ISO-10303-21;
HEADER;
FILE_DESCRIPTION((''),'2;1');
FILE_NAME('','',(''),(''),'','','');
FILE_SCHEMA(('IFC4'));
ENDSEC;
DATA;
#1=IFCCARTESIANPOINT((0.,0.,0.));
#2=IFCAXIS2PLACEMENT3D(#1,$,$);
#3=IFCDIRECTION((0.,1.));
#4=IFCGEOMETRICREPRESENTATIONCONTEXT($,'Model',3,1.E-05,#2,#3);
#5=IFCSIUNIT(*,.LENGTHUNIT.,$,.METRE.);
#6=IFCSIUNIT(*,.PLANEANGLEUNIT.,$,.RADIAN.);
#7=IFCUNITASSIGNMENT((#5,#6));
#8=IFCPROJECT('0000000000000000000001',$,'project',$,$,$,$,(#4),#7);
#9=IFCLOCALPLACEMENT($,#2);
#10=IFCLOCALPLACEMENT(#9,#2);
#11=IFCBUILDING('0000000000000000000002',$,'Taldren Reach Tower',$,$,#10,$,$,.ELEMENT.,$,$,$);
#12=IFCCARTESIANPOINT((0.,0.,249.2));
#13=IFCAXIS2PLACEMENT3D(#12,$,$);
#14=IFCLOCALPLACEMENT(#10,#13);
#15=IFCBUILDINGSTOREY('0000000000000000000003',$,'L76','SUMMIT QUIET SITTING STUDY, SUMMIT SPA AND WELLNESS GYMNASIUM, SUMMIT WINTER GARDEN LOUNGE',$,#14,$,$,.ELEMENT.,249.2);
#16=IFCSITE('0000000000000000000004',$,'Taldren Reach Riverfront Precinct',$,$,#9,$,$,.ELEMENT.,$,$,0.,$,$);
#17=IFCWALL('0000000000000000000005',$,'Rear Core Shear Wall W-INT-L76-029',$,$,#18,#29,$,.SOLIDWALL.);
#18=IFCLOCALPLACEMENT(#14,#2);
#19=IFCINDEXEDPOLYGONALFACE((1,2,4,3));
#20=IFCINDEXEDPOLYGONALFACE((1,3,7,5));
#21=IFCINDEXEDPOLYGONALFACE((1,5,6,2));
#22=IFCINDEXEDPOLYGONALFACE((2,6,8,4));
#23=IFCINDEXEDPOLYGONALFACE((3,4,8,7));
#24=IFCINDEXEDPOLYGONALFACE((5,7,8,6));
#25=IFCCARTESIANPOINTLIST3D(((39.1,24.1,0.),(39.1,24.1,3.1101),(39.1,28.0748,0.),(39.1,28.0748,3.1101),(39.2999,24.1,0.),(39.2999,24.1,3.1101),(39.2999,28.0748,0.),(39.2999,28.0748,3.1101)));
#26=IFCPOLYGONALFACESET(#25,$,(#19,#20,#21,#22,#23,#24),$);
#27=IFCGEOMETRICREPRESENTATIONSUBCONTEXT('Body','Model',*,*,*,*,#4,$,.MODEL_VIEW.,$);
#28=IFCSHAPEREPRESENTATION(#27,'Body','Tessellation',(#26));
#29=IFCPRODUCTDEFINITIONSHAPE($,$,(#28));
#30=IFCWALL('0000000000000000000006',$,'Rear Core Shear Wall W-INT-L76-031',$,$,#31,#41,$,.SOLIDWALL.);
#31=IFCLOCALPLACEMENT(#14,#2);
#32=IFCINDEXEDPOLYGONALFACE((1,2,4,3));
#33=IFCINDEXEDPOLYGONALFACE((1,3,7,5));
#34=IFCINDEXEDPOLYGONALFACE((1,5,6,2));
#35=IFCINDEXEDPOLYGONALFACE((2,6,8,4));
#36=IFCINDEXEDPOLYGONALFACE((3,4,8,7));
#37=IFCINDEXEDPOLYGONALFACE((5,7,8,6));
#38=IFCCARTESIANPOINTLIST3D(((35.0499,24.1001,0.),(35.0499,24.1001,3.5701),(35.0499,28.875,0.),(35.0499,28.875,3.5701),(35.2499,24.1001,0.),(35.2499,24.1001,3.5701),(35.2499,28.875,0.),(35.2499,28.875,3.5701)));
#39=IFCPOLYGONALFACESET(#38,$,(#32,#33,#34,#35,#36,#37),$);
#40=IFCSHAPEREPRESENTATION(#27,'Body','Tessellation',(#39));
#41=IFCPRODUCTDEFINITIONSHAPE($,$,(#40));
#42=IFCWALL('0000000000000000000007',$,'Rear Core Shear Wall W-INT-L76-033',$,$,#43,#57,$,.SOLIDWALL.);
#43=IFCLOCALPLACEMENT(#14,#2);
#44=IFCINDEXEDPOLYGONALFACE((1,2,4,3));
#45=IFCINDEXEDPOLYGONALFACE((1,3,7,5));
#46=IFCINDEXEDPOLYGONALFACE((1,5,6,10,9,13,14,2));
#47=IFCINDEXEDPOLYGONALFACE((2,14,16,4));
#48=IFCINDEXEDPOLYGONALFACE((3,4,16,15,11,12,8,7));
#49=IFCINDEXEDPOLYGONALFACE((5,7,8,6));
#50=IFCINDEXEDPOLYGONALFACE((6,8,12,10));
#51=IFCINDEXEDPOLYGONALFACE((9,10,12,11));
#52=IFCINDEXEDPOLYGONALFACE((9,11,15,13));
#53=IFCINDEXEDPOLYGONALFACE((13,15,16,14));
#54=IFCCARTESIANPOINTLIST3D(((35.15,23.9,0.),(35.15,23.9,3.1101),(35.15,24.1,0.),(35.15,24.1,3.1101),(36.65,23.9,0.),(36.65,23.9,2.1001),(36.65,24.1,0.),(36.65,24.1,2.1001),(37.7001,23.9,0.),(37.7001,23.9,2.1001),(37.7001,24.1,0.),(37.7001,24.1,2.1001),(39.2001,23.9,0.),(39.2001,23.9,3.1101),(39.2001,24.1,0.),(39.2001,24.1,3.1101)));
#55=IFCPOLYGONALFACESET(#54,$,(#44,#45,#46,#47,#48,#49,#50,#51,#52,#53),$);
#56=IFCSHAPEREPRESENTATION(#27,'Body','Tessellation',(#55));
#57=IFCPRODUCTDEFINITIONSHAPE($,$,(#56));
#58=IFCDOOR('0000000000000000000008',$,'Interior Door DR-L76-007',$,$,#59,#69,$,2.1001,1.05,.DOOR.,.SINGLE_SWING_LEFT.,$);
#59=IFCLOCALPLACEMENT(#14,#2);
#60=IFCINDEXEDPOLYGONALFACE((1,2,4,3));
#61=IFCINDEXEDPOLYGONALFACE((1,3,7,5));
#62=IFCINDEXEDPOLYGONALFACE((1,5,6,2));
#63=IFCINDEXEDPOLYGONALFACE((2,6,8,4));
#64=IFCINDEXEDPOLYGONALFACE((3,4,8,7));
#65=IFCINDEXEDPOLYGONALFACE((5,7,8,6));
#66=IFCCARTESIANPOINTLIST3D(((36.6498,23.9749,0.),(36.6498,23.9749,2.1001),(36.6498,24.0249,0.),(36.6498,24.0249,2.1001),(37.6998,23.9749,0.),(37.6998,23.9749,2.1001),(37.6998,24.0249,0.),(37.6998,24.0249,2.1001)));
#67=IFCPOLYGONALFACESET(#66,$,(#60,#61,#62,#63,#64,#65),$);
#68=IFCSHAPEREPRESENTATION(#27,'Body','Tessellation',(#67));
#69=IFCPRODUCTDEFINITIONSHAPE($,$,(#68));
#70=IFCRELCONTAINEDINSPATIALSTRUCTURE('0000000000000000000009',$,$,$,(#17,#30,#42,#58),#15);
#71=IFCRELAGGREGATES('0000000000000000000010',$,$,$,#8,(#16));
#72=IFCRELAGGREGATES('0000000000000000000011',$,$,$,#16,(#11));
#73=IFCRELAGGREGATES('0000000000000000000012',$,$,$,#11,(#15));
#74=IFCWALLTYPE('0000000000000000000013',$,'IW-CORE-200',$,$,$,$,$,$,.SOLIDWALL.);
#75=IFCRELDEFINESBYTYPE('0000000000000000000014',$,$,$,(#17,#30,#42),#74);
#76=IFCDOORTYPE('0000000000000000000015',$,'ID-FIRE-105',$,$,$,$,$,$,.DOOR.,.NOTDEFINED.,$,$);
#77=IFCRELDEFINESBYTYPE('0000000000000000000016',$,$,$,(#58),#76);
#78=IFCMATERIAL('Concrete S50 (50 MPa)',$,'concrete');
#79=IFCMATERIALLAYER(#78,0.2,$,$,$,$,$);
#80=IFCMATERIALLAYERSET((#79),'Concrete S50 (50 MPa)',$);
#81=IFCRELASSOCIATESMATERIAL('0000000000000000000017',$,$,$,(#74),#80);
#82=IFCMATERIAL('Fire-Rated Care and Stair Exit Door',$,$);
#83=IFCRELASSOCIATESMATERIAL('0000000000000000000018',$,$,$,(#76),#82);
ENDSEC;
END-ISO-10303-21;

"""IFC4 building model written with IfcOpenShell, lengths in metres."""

from ifc_helpers import new_model, si_unit, direction, frame, frame_2d, origin, place, context, subcontext, project, spatial, rectangle, extrude, source, transform, mapped, material, layer, layer_set, type_object, element, fill, save


model = new_model("IFC4")

# Units and contexts
model_context = context("Model", 3, precision=1e-05, world=origin(), true_north=direction((0.0, 1.0)))
body_context = subcontext(model_context, "Body", "Model", "MODEL_VIEW")
ifc_project = project(units=[si_unit("LENGTHUNIT", "METRE"), si_unit("PLANEANGLEUNIT", "RADIAN")], contexts=[model_context])

# Site, building, storey
site_placement = place(None, origin())
site = spatial("IfcSite", under=ifc_project, at=site_placement, Name="Taldren Reach Riverfront Precinct", CompositionType="ELEMENT", RefElevation=0.0)
building_placement = place(site_placement, origin())
building = spatial("IfcBuilding", under=site, at=building_placement, Name="Taldren Reach Tower", CompositionType="ELEMENT")
storey_placement = place(building_placement, frame((0.0, 0.0, 249.2)))
storey = spatial("IfcBuildingStorey", under=building, at=storey_placement, Name="L76", Description="SUMMIT QUIET SITTING STUDY, SUMMIT SPA AND WELLNESS GYMNASIUM, SUMMIT WINTER GARDEN LOUNGE", CompositionType="ELEMENT", Elevation=249.2)

# Walls
ifc_material_1 = material(Name="Concrete S50 (50 MPa)", Category="concrete")
ifc_layer_1 = layer(ifc_material_1, 0.2)
ifc_layer_set_1 = layer_set([ifc_layer_1], Name="Concrete S50 (50 MPa)")
wall_type_1 = type_object("IfcWallType", Name="IW-CORE-200", PredefinedType="SOLIDWALL", material=ifc_layer_set_1)
shared_shape_1 = source(origin(), body_context, "Body", "SweptSolid", [
    extrude(rectangle(XDim=3.9749, YDim=0.2, at=frame_2d((1.9873, 0.0))), origin(), (0.0, 0.0, 1.0), 3.1101),
])
wall_1_placement = place(storey_placement, frame((39.2, 24.1001, 0.0), z_axis=(0.0, 0.0, 1.0), x_axis=(0.0, 1.0, 0.0)))
element("IfcWall", 1, at=wall_1_placement, inside=storey, type_object=wall_type_1, Name="Rear Core Shear Wall W-INT-L76-029", PredefinedType="SOLIDWALL", context=body_context, shape_type="MappedRepresentation", body=[
    mapped(shared_shape_1, transform((0.0, 0.0, 0.0), scale=1.0)),
])
shared_shape_2 = source(origin(), body_context, "Body", "SweptSolid", [
    extrude(rectangle(XDim=4.7749, YDim=0.2, at=frame_2d((2.3875, 0.0))), origin(), (0.0, 0.0, 1.0), 3.5701),
])
wall_2_placement = place(storey_placement, frame((35.1499, 28.875, 0.0), z_axis=(0.0, 0.0, 1.0), x_axis=(0.0, -1.0, 0.0)))
element("IfcWall", 2, at=wall_2_placement, inside=storey, type_object=wall_type_1, Name="Rear Core Shear Wall W-INT-L76-031", PredefinedType="SOLIDWALL", context=body_context, shape_type="MappedRepresentation", body=[
    mapped(shared_shape_2, transform((0.0, 0.0, 0.0), scale=1.0)),
])

# Wall, opening, door
shared_shape_3 = source(origin(), body_context, "Body", "SweptSolid", [
    extrude(rectangle(XDim=4.05, YDim=0.2, at=frame_2d((2.0249, 0.0))), origin(), (0.0, 0.0, 1.0), 3.1101),
])
wall_3_placement = place(storey_placement, frame((39.2, 24.0, 0.0), z_axis=(0.0, 0.0, 1.0), x_axis=(-1.0, 0.0, 0.0)))
wall_3 = element("IfcWall", 3, at=wall_3_placement, inside=storey, type_object=wall_type_1, Name="Rear Core Shear Wall W-INT-L76-033", PredefinedType="SOLIDWALL", context=body_context, shape_type="MappedRepresentation", body=[
    mapped(shared_shape_3, transform((0.0, 0.0, 0.0), scale=1.0)),
])
shared_shape_4 = source(origin(), body_context, "Body", "SweptSolid", [
    extrude(rectangle(XDim=1.05, YDim=2.1001, at=frame_2d((0.5249, 1.05))), frame((0.0, 0.1099, 0.0), z_axis=(0.0, -1.0, 0.0), x_axis=(1.0, 0.0, 0.0)), (0.0, 0.0, 1.0), 0.22),
])
opening_1_placement = place(wall_3_placement, frame((1.5, 0.0, 0.0)))
opening_1 = element("IfcOpeningElement", 4, at=opening_1_placement, cuts=wall_3, PredefinedType="OPENING", context=body_context, shape_type="MappedRepresentation", body=[
    mapped(shared_shape_4, transform((0.0, 0.0, 0.0), scale=1.0)),
])
ifc_material_2 = material(Name="Fire-Rated Care and Stair Exit Door")
door_type_1 = type_object("IfcDoorType", Name="ID-FIRE-105", OperationType="NOTDEFINED", PredefinedType="DOOR", material=ifc_material_2)
shared_shape_5 = source(origin(), body_context, "Body", "SweptSolid", [
    extrude(rectangle(XDim=1.05, YDim=2.1001, at=frame_2d((0.5249, 1.05))), frame((0.0, 0.0249, 0.0), z_axis=(0.0, -1.0, 0.0), x_axis=(1.0, 0.0, 0.0)), (0.0, 0.0, 1.0), 0.05),
])
door_1_placement = place(opening_1_placement, frame((1.05, 0.0, 0.0), z_axis=(0.0, 0.0, 1.0), x_axis=(-1.0, 0.0, 0.0)))
door_1 = element("IfcDoor", 5, at=door_1_placement, inside=storey, type_object=door_type_1, Name="Interior Door DR-L76-007", OperationType="SINGLE_SWING_LEFT", OverallHeight=2.1001, OverallWidth=1.05, PredefinedType="DOOR", context=body_context, shape_type="MappedRepresentation", body=[
    mapped(shared_shape_5, transform((0.0, 0.0, 0.0), scale=1.0)),
])
fill(opening_1, door_1)

save(model, "model.ifc")
